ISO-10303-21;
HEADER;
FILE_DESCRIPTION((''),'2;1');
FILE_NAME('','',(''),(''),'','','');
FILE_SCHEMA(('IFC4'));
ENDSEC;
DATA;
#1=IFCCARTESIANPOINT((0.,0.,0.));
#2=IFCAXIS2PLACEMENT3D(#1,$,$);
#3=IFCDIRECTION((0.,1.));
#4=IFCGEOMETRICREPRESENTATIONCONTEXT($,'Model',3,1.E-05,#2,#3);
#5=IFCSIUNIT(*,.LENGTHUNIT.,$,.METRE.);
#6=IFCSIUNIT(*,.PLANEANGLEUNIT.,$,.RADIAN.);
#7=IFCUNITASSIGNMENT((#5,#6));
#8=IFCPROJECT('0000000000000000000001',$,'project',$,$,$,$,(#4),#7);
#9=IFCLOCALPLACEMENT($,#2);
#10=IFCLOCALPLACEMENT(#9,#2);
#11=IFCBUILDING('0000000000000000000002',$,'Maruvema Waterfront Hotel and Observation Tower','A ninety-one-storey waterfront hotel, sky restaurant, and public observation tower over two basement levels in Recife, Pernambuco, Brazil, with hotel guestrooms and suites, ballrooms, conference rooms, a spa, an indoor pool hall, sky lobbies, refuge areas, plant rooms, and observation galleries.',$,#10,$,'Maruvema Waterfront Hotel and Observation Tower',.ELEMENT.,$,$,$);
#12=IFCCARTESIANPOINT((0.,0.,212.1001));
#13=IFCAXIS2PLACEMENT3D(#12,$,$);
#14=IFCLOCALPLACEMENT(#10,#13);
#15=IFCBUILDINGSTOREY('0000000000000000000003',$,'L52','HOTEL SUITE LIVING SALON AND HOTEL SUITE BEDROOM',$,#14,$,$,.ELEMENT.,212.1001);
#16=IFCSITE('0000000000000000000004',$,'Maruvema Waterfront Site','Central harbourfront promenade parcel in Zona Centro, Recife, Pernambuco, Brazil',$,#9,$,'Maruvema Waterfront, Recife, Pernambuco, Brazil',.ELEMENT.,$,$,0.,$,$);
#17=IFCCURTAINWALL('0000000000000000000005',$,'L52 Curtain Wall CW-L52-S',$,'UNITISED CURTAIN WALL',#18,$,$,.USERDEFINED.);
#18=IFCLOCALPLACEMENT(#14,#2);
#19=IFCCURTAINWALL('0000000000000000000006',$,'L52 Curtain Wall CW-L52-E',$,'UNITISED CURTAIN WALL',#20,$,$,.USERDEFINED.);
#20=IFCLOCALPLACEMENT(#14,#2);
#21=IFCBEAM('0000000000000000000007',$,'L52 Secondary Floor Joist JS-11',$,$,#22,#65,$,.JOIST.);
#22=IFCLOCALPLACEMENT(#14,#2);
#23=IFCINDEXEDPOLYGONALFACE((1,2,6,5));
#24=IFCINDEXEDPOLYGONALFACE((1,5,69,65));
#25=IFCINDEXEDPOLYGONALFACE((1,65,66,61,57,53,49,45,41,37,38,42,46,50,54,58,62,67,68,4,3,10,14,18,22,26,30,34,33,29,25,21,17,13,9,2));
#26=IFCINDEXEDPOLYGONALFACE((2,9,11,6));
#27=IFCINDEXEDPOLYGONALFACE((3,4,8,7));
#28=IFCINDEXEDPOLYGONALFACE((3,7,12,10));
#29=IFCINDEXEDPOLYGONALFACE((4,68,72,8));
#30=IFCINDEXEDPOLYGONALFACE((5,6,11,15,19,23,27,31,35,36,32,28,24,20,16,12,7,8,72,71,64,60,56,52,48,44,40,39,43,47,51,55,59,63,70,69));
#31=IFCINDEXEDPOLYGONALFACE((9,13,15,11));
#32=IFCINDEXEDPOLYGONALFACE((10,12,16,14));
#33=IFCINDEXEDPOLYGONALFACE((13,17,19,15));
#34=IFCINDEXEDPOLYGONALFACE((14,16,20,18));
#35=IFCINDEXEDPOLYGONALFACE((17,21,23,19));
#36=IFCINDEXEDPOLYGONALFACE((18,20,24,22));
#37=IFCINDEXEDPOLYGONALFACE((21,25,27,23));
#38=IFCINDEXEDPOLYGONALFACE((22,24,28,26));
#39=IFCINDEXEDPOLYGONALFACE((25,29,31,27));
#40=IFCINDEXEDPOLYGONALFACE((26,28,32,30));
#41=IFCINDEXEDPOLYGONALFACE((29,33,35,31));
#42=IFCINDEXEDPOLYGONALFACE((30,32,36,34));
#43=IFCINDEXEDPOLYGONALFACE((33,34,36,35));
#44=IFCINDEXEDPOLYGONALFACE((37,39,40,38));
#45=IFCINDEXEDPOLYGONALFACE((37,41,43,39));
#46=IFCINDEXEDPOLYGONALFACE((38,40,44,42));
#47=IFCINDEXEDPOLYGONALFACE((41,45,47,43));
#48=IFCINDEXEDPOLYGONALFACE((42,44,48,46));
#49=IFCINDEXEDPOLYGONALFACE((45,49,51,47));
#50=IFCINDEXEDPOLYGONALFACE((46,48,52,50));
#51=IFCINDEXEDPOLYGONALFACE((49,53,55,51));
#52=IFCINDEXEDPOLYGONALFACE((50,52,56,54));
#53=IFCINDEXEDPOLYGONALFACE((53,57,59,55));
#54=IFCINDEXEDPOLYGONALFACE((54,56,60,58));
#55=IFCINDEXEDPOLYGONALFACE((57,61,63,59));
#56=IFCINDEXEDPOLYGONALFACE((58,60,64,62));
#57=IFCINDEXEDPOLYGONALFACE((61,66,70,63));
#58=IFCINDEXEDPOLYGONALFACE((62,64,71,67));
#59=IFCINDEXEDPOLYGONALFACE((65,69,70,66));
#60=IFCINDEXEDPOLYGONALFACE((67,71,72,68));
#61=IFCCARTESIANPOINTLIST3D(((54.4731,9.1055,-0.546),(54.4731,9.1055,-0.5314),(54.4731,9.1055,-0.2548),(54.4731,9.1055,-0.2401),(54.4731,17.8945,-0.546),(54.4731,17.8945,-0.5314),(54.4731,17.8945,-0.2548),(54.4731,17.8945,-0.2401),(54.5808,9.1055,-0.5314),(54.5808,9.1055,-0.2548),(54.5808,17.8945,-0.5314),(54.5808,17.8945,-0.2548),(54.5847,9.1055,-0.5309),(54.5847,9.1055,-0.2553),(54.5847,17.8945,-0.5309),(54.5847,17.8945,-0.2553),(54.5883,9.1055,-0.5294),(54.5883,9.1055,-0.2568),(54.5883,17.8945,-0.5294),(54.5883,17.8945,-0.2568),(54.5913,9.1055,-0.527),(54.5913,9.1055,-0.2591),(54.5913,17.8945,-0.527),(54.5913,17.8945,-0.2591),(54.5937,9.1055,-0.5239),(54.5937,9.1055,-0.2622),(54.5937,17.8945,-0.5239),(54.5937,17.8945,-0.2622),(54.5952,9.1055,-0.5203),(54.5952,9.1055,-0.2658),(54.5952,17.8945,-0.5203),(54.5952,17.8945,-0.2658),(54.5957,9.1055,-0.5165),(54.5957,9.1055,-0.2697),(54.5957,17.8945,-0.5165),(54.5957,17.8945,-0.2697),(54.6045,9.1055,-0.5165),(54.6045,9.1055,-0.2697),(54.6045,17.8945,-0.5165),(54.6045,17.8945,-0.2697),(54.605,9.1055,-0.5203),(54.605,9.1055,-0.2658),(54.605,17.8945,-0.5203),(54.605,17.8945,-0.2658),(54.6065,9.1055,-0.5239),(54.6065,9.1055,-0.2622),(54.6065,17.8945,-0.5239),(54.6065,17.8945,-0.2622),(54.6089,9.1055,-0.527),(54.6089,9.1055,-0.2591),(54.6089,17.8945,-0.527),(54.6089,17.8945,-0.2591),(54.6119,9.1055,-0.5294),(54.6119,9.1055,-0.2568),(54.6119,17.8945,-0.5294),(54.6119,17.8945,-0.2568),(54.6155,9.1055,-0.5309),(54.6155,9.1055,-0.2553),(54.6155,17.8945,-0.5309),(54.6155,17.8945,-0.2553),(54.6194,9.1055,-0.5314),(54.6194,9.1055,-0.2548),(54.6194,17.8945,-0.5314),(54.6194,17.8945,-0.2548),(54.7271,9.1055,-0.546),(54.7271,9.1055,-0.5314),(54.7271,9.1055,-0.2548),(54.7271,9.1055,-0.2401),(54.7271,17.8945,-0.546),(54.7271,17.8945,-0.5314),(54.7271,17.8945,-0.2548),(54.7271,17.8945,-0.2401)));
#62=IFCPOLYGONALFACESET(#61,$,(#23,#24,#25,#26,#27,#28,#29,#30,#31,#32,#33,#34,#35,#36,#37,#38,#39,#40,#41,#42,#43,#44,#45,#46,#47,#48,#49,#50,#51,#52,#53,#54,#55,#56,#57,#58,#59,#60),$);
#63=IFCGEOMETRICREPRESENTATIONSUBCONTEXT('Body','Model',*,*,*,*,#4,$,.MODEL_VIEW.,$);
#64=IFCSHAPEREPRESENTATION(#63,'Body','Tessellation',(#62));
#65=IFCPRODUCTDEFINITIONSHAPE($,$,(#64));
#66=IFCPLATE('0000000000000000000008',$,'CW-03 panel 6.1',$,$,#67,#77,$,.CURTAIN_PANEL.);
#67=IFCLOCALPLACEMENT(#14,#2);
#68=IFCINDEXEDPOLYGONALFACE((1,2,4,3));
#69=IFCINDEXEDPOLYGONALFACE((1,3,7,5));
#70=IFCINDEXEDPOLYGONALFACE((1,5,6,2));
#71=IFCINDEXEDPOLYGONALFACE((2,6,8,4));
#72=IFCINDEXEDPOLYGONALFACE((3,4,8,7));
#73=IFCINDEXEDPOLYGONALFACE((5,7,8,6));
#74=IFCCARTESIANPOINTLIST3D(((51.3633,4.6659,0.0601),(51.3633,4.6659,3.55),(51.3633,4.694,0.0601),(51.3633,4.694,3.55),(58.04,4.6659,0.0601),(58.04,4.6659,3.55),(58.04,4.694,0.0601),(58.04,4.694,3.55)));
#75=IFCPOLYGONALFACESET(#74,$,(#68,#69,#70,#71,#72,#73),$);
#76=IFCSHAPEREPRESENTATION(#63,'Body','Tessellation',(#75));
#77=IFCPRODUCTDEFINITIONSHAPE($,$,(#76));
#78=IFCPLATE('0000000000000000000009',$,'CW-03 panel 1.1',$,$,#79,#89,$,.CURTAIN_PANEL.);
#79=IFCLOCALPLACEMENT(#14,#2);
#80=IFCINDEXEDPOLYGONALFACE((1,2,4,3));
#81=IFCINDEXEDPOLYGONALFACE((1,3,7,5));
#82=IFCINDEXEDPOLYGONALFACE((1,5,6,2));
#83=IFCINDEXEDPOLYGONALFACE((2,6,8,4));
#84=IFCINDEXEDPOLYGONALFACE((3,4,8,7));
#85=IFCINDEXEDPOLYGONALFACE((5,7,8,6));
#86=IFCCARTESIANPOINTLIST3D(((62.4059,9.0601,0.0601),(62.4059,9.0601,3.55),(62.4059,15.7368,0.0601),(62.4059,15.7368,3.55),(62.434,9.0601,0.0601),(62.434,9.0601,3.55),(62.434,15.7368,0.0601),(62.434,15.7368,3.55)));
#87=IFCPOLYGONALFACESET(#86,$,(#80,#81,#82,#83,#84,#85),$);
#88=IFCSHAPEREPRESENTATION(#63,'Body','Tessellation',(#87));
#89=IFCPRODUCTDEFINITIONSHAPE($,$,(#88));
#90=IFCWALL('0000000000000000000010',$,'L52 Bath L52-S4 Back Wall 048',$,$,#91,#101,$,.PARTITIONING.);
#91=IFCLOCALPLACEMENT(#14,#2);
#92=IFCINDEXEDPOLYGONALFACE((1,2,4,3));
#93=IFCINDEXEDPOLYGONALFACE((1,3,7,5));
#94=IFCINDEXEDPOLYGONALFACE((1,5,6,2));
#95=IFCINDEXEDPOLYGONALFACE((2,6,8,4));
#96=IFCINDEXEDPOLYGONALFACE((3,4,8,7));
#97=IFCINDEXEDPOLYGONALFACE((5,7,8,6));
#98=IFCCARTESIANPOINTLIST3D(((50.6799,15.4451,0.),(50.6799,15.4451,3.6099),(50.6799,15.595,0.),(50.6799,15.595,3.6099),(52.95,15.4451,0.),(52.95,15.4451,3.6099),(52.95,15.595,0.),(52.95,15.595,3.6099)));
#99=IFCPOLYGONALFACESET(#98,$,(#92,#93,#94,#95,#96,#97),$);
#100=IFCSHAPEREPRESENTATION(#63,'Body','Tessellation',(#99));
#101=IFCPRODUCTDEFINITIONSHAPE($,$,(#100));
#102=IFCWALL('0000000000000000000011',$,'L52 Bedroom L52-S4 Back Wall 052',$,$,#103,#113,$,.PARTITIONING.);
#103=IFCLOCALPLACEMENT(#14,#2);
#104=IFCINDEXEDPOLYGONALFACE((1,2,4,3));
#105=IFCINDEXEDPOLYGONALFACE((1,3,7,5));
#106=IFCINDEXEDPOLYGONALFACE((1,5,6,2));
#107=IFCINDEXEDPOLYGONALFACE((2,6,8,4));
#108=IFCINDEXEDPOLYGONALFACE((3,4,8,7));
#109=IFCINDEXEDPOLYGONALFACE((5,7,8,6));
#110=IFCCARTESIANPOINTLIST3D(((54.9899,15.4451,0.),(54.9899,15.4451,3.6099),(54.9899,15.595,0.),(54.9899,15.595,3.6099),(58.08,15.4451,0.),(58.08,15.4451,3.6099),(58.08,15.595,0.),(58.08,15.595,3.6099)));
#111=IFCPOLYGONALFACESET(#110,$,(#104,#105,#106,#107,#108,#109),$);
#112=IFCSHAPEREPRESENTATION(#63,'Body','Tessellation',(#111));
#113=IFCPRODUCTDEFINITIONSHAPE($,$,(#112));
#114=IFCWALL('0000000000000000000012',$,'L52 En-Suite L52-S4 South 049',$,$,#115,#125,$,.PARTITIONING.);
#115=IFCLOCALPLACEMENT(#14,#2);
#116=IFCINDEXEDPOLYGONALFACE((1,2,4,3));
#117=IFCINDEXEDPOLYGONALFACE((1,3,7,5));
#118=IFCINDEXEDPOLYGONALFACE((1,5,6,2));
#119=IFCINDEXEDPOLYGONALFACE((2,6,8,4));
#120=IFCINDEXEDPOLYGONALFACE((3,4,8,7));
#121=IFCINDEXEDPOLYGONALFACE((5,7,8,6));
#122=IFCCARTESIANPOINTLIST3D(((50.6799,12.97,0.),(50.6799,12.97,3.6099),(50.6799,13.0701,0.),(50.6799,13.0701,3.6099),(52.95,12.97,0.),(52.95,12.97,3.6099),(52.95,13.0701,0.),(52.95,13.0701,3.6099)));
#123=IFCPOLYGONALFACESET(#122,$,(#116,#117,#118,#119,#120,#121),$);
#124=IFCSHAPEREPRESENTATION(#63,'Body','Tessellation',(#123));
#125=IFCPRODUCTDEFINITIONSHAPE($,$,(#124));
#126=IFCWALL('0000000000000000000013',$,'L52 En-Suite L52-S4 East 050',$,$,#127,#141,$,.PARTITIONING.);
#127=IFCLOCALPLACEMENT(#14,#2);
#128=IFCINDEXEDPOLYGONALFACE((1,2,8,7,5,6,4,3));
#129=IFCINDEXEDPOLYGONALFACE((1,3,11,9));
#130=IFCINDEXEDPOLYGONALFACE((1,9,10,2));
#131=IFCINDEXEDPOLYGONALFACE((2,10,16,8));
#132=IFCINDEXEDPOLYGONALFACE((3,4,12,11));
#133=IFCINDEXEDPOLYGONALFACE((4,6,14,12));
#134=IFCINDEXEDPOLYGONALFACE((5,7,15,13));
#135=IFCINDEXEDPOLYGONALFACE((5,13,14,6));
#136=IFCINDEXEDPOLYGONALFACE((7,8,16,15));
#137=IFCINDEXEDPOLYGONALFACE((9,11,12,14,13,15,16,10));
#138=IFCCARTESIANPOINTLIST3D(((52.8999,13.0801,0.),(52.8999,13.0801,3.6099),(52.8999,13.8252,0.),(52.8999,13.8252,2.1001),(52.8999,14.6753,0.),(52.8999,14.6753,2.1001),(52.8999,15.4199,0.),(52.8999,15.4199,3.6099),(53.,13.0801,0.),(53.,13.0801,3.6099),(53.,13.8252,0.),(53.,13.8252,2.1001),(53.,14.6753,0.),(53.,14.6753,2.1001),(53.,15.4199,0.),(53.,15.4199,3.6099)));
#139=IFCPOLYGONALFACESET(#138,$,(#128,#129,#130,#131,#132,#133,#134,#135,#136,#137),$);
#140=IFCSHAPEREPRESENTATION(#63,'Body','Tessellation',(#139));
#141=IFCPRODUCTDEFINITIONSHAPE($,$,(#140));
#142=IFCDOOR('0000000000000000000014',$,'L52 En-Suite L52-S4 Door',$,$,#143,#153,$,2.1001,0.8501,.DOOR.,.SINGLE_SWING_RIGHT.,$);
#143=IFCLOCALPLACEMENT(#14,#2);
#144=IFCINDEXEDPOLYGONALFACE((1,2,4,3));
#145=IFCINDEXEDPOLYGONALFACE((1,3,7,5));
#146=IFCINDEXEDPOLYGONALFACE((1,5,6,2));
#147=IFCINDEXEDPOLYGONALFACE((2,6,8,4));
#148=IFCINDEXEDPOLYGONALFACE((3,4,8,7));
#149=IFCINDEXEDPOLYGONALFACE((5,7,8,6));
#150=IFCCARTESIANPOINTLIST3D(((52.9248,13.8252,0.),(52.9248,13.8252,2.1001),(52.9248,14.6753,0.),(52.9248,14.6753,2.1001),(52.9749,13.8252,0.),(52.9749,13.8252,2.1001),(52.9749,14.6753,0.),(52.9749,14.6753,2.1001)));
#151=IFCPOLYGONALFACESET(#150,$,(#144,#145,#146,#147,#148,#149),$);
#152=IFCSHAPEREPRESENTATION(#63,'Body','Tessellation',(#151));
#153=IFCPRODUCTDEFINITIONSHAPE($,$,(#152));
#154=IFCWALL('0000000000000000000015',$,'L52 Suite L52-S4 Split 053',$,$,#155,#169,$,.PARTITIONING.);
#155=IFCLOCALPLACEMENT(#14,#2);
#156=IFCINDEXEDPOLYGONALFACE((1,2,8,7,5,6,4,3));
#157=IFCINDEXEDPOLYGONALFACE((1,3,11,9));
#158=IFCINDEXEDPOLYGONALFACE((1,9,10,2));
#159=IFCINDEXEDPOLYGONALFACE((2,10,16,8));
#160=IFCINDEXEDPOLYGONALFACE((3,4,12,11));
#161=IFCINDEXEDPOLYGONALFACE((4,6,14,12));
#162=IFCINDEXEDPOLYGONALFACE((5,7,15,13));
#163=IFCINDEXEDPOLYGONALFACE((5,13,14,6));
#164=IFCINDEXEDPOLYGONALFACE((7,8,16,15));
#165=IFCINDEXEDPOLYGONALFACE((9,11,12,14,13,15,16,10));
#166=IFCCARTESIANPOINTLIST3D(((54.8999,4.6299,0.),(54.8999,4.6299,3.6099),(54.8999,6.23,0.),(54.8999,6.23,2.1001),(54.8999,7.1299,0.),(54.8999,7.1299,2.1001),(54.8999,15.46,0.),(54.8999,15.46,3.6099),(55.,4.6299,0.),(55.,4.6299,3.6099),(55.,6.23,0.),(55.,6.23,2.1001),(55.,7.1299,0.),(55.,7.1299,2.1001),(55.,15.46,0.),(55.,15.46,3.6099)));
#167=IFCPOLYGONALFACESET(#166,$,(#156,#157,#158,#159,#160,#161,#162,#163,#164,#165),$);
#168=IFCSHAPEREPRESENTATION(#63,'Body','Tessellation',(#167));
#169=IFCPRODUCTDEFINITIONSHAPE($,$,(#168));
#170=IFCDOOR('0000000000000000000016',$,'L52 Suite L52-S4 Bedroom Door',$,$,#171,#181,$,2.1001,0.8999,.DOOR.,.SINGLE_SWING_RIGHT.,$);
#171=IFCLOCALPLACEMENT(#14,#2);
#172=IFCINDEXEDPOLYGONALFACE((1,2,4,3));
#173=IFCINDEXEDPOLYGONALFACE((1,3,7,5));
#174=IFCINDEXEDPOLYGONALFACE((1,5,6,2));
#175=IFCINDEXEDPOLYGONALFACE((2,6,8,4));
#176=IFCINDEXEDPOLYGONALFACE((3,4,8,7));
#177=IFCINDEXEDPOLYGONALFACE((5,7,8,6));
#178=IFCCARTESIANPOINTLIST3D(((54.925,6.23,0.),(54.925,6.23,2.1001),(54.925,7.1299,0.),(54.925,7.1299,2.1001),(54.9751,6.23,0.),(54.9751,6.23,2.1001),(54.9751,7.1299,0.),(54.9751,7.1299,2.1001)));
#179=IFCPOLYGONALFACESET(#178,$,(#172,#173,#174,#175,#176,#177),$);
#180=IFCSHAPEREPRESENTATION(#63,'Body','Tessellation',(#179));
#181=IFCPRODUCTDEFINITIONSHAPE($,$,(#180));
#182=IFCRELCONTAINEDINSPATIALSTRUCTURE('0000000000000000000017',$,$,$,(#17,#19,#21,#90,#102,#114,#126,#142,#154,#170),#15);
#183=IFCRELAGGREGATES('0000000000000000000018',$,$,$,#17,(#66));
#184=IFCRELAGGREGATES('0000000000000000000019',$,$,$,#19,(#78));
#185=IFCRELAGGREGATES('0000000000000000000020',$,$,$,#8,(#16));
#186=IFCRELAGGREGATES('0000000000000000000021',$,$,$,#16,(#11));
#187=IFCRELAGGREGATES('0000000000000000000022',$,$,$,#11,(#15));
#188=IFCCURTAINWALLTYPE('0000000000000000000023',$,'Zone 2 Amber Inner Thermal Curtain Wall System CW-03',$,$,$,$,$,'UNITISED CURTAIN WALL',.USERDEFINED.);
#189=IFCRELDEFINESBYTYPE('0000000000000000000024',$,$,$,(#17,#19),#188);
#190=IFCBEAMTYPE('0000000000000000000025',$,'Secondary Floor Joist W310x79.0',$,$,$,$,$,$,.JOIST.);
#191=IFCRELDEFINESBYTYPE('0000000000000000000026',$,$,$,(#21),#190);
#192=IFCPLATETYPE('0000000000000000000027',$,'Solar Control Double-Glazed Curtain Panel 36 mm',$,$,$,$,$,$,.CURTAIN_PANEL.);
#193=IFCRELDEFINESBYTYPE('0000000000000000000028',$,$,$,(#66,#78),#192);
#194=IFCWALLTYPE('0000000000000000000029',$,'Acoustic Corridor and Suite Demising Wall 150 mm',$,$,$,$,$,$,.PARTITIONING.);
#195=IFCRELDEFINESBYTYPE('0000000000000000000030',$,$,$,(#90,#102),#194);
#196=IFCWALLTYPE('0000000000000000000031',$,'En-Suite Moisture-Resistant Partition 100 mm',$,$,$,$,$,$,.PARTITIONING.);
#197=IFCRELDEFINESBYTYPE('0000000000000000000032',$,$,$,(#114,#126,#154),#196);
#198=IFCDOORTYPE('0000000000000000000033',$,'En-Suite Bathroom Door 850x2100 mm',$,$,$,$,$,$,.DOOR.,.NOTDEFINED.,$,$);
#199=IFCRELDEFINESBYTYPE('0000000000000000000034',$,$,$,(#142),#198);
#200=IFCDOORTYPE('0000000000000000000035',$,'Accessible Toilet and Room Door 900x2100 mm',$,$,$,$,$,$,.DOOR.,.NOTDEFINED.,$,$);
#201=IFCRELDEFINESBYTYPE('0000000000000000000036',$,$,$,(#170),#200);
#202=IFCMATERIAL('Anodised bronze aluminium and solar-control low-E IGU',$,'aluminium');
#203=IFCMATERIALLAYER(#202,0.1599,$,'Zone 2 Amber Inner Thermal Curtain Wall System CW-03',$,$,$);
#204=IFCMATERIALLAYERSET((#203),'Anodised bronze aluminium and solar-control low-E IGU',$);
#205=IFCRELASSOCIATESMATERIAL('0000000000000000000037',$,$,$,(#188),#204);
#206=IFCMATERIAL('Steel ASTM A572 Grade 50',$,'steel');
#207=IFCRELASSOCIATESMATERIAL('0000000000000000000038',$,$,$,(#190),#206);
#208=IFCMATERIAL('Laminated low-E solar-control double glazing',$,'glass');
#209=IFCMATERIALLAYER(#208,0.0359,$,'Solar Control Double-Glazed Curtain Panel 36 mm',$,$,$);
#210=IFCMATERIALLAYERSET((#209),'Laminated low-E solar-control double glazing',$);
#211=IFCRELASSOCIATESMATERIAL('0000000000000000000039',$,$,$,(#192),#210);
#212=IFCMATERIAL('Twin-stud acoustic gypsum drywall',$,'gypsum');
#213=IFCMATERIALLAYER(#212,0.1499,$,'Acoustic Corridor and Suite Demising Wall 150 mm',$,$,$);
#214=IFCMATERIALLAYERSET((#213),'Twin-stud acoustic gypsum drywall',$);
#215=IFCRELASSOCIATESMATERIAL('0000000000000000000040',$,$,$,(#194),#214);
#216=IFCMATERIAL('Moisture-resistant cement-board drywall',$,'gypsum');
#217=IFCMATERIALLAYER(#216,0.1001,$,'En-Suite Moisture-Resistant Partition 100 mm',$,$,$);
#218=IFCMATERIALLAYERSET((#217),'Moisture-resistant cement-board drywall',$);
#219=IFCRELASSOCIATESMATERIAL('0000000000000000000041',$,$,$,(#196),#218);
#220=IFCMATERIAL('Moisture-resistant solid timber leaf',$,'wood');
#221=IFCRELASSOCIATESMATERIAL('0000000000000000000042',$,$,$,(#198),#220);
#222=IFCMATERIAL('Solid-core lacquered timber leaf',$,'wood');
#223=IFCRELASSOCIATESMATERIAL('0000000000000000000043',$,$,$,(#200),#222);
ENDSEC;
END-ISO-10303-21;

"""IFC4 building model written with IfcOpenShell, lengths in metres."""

from ifc_helpers import new_model, si_unit, direction, frame, frame_2d, origin, origin_2d, place, context, subcontext, project, spatial, rectangle, i_section, extrude, material, layer, layer_set, material_profile, profile_set, type_object, element, fill, aggregate, save


model = new_model("IFC4")

# Units and contexts
model_context = context("Model", 3, precision=1e-05, world=origin(), true_north=direction((0.0, 1.0)))
body_context = subcontext(model_context, "Body", "Model", "MODEL_VIEW")
ifc_project = project(units=[si_unit("LENGTHUNIT", "METRE"), si_unit("PLANEANGLEUNIT", "RADIAN")], contexts=[model_context])

# Site, building, storey
site_placement = place(None, origin())
site = spatial("IfcSite", under=ifc_project, at=site_placement, Name="Maruvema Waterfront Site", Description="Central harbourfront promenade parcel in Zona Centro, Recife, Pernambuco, Brazil", LongName="Maruvema Waterfront, Recife, Pernambuco, Brazil", CompositionType="ELEMENT", RefElevation=0.0)
building_placement = place(site_placement, origin())
building = spatial("IfcBuilding", under=site, at=building_placement, Name="Maruvema Waterfront Hotel and Observation Tower", Description="A ninety-one-storey waterfront hotel, sky restaurant, and public observation tower over two basement levels in Recife, Pernambuco, Brazil, with hotel guestrooms and suites, ballrooms, conference rooms, a spa, an indoor pool hall, sky lobbies, refuge areas, plant rooms, and observation galleries.", LongName="Maruvema Waterfront Hotel and Observation Tower", CompositionType="ELEMENT")
storey_placement = place(building_placement, frame((0.0, 0.0, 212.1001)))
storey = spatial("IfcBuildingStorey", under=building, at=storey_placement, Name="L52", Description="HOTEL SUITE LIVING SALON AND HOTEL SUITE BEDROOM", CompositionType="ELEMENT", Elevation=212.1001)

# Curtain walls
ifc_material_1 = material(Name="Anodised bronze aluminium and solar-control low-E IGU", Category="aluminium")
ifc_layer_1 = layer(ifc_material_1, 0.1599, Name="Zone 2 Amber Inner Thermal Curtain Wall System CW-03")
ifc_layer_set_1 = layer_set([ifc_layer_1], Name="Anodised bronze aluminium and solar-control low-E IGU")
curtain_wall_type = type_object("IfcCurtainWallType", Name="Zone 2 Amber Inner Thermal Curtain Wall System CW-03", ElementType="UNITISED CURTAIN WALL", PredefinedType="USERDEFINED", material=ifc_layer_set_1)
curtain_wall_1_placement = place(storey_placement, origin())
curtain_wall_1 = element("IfcCurtainWall", 1, at=curtain_wall_1_placement, inside=storey, type_object=curtain_wall_type, Name="L52 Curtain Wall CW-L52-S", ObjectType="UNITISED CURTAIN WALL", PredefinedType="USERDEFINED")
curtain_wall_2_placement = place(storey_placement, origin())
curtain_wall_2 = element("IfcCurtainWall", 2, at=curtain_wall_2_placement, inside=storey, type_object=curtain_wall_type, Name="L52 Curtain Wall CW-L52-E", ObjectType="UNITISED CURTAIN WALL", PredefinedType="USERDEFINED")

# Beam
ifc_material_2 = material(Name="Steel ASTM A572 Grade 50", Category="steel")
ifc_material_profile_1 = material_profile(ifc_material_2, i_section(OverallWidth=0.2539, OverallDepth=0.3059, WebThickness=0.0088, FlangeThickness=0.0146, FilletRadius=0.0149, at=origin_2d()), Name="W310x79.0")
ifc_profile_set_1 = profile_set([ifc_material_profile_1], Name="Steel ASTM A572 Grade 50")
beam_type_1 = type_object("IfcBeamType", Name="Secondary Floor Joist W310x79.0", PredefinedType="JOIST", material=ifc_profile_set_1)
beam_1_placement = place(storey_placement, frame((54.6001, 9.1055, -0.3931), z_axis=(0.0, 1.0, 0.0), x_axis=(-1.0, 0.0, 0.0)))
element("IfcBeam", 3, at=beam_1_placement, inside=storey, type_object=beam_type_1, Name="L52 Secondary Floor Joist JS-11", PredefinedType="JOIST", context=body_context, shape_type="SweptSolid", body=[
    extrude(i_section(OverallWidth=0.2539, OverallDepth=0.3059, WebThickness=0.0088, FlangeThickness=0.0146, FilletRadius=0.0149, at=origin_2d()), origin(), (0.0, 0.0, 1.0), 8.7891),
])

# Plates
ifc_material_3 = material(Name="Laminated low-E solar-control double glazing", Category="glass")
ifc_layer_2 = layer(ifc_material_3, 0.0359, Name="Solar Control Double-Glazed Curtain Panel 36 mm")
ifc_layer_set_2 = layer_set([ifc_layer_2], Name="Laminated low-E solar-control double glazing")
plate_type = type_object("IfcPlateType", Name="Solar Control Double-Glazed Curtain Panel 36 mm", PredefinedType="CURTAIN_PANEL", material=ifc_layer_set_2)
plate_1_placement = place(storey_placement, frame((54.7017, 4.6799, 0.0601), z_axis=(0.0, 0.0, 1.0), x_axis=(1.0, 0.0, 0.0)))
plate_1 = element("IfcPlate", 4, at=plate_1_placement, type_object=plate_type, Name="CW-03 panel 6.1", PredefinedType="CURTAIN_PANEL", context=body_context, shape_type="SweptSolid", body=[
    extrude(rectangle(XDim=6.6768, YDim=0.0281, at=origin_2d()), origin(), (0.0, 0.0, 1.0), 3.49),
])
aggregate(curtain_wall_1, [plate_1])
plate_2_placement = place(storey_placement, frame((62.4199, 12.3984, 0.0601), z_axis=(0.0, 0.0, 1.0), x_axis=(0.0, 1.0, 0.0)))
plate_2 = element("IfcPlate", 5, at=plate_2_placement, type_object=plate_type, Name="CW-03 panel 1.1", PredefinedType="CURTAIN_PANEL", context=body_context, shape_type="SweptSolid", body=[
    extrude(rectangle(XDim=6.6768, YDim=0.0281, at=origin_2d()), origin(), (0.0, 0.0, 1.0), 3.49),
])
aggregate(curtain_wall_2, [plate_2])

# Wall
ifc_material_4 = material(Name="Twin-stud acoustic gypsum drywall", Category="gypsum")
ifc_layer_3 = layer(ifc_material_4, 0.1499, Name="Acoustic Corridor and Suite Demising Wall 150 mm")
ifc_layer_set_3 = layer_set([ifc_layer_3], Name="Twin-stud acoustic gypsum drywall")
wall_type_1 = type_object("IfcWallType", Name="Acoustic Corridor and Suite Demising Wall 150 mm", PredefinedType="PARTITIONING", material=ifc_layer_set_3)
wall_1_placement = place(storey_placement, frame((50.6799, 15.52, 0.0), z_axis=(0.0, 0.0, 1.0), x_axis=(1.0, 0.0, 0.0)))
element("IfcWall", 6, at=wall_1_placement, inside=storey, type_object=wall_type_1, Name="L52 Bath L52-S4 Back Wall 048", PredefinedType="PARTITIONING", context=body_context, shape_type="SweptSolid", body=[
    extrude(rectangle(XDim=2.27, YDim=0.1499, at=frame_2d((1.135, 0.0))), origin(), (0.0, 0.0, 1.0), 3.6099),
])

# Walls
wall_2_placement = place(storey_placement, frame((54.99, 15.52, 0.0), z_axis=(0.0, 0.0, 1.0), x_axis=(1.0, 0.0, 0.0)))
element("IfcWall", 7, at=wall_2_placement, inside=storey, type_object=wall_type_1, Name="L52 Bedroom L52-S4 Back Wall 052", PredefinedType="PARTITIONING", context=body_context, shape_type="SweptSolid", body=[
    extrude(rectangle(XDim=3.0901, YDim=0.1499, at=frame_2d((1.5449, 0.0))), origin(), (0.0, 0.0, 1.0), 3.6099),
])
ifc_material_5 = material(Name="Moisture-resistant cement-board drywall", Category="gypsum")
ifc_layer_4 = layer(ifc_material_5, 0.1001, Name="En-Suite Moisture-Resistant Partition 100 mm")
ifc_layer_set_4 = layer_set([ifc_layer_4], Name="Moisture-resistant cement-board drywall")
wall_type_2 = type_object("IfcWallType", Name="En-Suite Moisture-Resistant Partition 100 mm", PredefinedType="PARTITIONING", material=ifc_layer_set_4)
wall_3_placement = place(storey_placement, frame((50.6799, 13.02, 0.0), z_axis=(0.0, 0.0, 1.0), x_axis=(1.0, 0.0, 0.0)))
element("IfcWall", 8, at=wall_3_placement, inside=storey, type_object=wall_type_2, Name="L52 En-Suite L52-S4 South 049", PredefinedType="PARTITIONING", context=body_context, shape_type="SweptSolid", body=[
    extrude(rectangle(XDim=2.27, YDim=0.1001, at=frame_2d((1.135, 0.0))), origin(), (0.0, 0.0, 1.0), 3.6099),
])

# Walls, openings, doors
wall_4_placement = place(storey_placement, frame((52.95, 13.0801, 0.0), z_axis=(0.0, 0.0, 1.0), x_axis=(0.0, 1.0, 0.0)))
wall_4 = element("IfcWall", 9, at=wall_4_placement, inside=storey, type_object=wall_type_2, Name="L52 En-Suite L52-S4 East 050", PredefinedType="PARTITIONING", context=body_context, shape_type="SweptSolid", body=[
    extrude(rectangle(XDim=2.3398, YDim=0.1001, at=frame_2d((1.1699, 0.0))), origin(), (0.0, 0.0, 1.0), 3.6099),
])
opening_1_placement = place(wall_4_placement, frame((0.7451, 0.0, 0.0)))
opening_1 = element("IfcOpeningElement", 10, at=opening_1_placement, cuts=wall_4, PredefinedType="OPENING", context=body_context, shape_type="SweptSolid", body=[
    extrude(rectangle(XDim=0.8501, YDim=2.1001, at=frame_2d((0.425, 1.05))), frame((0.0, 0.0601, 0.0), z_axis=(0.0, -1.0, 0.0), x_axis=(1.0, 0.0, 0.0)), (0.0, 0.0, 1.0), 0.1201),
])
ifc_material_6 = material(Name="Moisture-resistant solid timber leaf", Category="wood")
door_type_1 = type_object("IfcDoorType", Name="En-Suite Bathroom Door 850x2100 mm", OperationType="NOTDEFINED", PredefinedType="DOOR", material=ifc_material_6)
door_1_placement = place(opening_1_placement, frame((0.8501, 0.0, 0.0), z_axis=(0.0, 0.0, 1.0), x_axis=(-1.0, 0.0, 0.0)))
door_1 = element("IfcDoor", 11, at=door_1_placement, inside=storey, type_object=door_type_1, Name="L52 En-Suite L52-S4 Door", OperationType="SINGLE_SWING_RIGHT", OverallHeight=2.1001, OverallWidth=0.8501, PredefinedType="DOOR", context=body_context, shape_type="SweptSolid", body=[
    extrude(rectangle(XDim=0.8501, YDim=2.1001, at=frame_2d((0.425, 1.05))), frame((0.0, 0.0249, 0.0), z_axis=(0.0, -1.0, 0.0), x_axis=(1.0, 0.0, 0.0)), (0.0, 0.0, 1.0), 0.05),
])
fill(opening_1, door_1)
wall_5_placement = place(storey_placement, frame((54.95, 4.6299, 0.0), z_axis=(0.0, 0.0, 1.0), x_axis=(0.0, 1.0, 0.0)))
wall_5 = element("IfcWall", 12, at=wall_5_placement, inside=storey, type_object=wall_type_2, Name="L52 Suite L52-S4 Split 053", PredefinedType="PARTITIONING", context=body_context, shape_type="SweptSolid", body=[
    extrude(rectangle(XDim=10.8301, YDim=0.1001, at=frame_2d((5.415, 0.0))), origin(), (0.0, 0.0, 1.0), 3.6099),
])
opening_2_placement = place(wall_5_placement, frame((1.6001, 0.0, 0.0)))
opening_2 = element("IfcOpeningElement", 13, at=opening_2_placement, cuts=wall_5, PredefinedType="OPENING", context=body_context, shape_type="SweptSolid", body=[
    extrude(rectangle(XDim=0.8999, YDim=2.1001, at=frame_2d((0.45, 1.05))), frame((0.0, 0.0601, 0.0), z_axis=(0.0, -1.0, 0.0), x_axis=(1.0, 0.0, 0.0)), (0.0, 0.0, 1.0), 0.1201),
])
ifc_material_7 = material(Name="Solid-core lacquered timber leaf", Category="wood")
door_type_2 = type_object("IfcDoorType", Name="Accessible Toilet and Room Door 900x2100 mm", OperationType="NOTDEFINED", PredefinedType="DOOR", material=ifc_material_7)
door_2_placement = place(opening_2_placement, origin())
door_2 = element("IfcDoor", 14, at=door_2_placement, inside=storey, type_object=door_type_2, Name="L52 Suite L52-S4 Bedroom Door", OperationType="SINGLE_SWING_RIGHT", OverallHeight=2.1001, OverallWidth=0.8999, PredefinedType="DOOR", context=body_context, shape_type="SweptSolid", body=[
    extrude(rectangle(XDim=0.8999, YDim=2.1001, at=frame_2d((0.45, 1.05))), frame((0.0, 0.0249, 0.0), z_axis=(0.0, -1.0, 0.0), x_axis=(1.0, 0.0, 0.0)), (0.0, 0.0, 1.0), 0.05),
])
fill(opening_2, door_2)

save(model, "model.ifc")
